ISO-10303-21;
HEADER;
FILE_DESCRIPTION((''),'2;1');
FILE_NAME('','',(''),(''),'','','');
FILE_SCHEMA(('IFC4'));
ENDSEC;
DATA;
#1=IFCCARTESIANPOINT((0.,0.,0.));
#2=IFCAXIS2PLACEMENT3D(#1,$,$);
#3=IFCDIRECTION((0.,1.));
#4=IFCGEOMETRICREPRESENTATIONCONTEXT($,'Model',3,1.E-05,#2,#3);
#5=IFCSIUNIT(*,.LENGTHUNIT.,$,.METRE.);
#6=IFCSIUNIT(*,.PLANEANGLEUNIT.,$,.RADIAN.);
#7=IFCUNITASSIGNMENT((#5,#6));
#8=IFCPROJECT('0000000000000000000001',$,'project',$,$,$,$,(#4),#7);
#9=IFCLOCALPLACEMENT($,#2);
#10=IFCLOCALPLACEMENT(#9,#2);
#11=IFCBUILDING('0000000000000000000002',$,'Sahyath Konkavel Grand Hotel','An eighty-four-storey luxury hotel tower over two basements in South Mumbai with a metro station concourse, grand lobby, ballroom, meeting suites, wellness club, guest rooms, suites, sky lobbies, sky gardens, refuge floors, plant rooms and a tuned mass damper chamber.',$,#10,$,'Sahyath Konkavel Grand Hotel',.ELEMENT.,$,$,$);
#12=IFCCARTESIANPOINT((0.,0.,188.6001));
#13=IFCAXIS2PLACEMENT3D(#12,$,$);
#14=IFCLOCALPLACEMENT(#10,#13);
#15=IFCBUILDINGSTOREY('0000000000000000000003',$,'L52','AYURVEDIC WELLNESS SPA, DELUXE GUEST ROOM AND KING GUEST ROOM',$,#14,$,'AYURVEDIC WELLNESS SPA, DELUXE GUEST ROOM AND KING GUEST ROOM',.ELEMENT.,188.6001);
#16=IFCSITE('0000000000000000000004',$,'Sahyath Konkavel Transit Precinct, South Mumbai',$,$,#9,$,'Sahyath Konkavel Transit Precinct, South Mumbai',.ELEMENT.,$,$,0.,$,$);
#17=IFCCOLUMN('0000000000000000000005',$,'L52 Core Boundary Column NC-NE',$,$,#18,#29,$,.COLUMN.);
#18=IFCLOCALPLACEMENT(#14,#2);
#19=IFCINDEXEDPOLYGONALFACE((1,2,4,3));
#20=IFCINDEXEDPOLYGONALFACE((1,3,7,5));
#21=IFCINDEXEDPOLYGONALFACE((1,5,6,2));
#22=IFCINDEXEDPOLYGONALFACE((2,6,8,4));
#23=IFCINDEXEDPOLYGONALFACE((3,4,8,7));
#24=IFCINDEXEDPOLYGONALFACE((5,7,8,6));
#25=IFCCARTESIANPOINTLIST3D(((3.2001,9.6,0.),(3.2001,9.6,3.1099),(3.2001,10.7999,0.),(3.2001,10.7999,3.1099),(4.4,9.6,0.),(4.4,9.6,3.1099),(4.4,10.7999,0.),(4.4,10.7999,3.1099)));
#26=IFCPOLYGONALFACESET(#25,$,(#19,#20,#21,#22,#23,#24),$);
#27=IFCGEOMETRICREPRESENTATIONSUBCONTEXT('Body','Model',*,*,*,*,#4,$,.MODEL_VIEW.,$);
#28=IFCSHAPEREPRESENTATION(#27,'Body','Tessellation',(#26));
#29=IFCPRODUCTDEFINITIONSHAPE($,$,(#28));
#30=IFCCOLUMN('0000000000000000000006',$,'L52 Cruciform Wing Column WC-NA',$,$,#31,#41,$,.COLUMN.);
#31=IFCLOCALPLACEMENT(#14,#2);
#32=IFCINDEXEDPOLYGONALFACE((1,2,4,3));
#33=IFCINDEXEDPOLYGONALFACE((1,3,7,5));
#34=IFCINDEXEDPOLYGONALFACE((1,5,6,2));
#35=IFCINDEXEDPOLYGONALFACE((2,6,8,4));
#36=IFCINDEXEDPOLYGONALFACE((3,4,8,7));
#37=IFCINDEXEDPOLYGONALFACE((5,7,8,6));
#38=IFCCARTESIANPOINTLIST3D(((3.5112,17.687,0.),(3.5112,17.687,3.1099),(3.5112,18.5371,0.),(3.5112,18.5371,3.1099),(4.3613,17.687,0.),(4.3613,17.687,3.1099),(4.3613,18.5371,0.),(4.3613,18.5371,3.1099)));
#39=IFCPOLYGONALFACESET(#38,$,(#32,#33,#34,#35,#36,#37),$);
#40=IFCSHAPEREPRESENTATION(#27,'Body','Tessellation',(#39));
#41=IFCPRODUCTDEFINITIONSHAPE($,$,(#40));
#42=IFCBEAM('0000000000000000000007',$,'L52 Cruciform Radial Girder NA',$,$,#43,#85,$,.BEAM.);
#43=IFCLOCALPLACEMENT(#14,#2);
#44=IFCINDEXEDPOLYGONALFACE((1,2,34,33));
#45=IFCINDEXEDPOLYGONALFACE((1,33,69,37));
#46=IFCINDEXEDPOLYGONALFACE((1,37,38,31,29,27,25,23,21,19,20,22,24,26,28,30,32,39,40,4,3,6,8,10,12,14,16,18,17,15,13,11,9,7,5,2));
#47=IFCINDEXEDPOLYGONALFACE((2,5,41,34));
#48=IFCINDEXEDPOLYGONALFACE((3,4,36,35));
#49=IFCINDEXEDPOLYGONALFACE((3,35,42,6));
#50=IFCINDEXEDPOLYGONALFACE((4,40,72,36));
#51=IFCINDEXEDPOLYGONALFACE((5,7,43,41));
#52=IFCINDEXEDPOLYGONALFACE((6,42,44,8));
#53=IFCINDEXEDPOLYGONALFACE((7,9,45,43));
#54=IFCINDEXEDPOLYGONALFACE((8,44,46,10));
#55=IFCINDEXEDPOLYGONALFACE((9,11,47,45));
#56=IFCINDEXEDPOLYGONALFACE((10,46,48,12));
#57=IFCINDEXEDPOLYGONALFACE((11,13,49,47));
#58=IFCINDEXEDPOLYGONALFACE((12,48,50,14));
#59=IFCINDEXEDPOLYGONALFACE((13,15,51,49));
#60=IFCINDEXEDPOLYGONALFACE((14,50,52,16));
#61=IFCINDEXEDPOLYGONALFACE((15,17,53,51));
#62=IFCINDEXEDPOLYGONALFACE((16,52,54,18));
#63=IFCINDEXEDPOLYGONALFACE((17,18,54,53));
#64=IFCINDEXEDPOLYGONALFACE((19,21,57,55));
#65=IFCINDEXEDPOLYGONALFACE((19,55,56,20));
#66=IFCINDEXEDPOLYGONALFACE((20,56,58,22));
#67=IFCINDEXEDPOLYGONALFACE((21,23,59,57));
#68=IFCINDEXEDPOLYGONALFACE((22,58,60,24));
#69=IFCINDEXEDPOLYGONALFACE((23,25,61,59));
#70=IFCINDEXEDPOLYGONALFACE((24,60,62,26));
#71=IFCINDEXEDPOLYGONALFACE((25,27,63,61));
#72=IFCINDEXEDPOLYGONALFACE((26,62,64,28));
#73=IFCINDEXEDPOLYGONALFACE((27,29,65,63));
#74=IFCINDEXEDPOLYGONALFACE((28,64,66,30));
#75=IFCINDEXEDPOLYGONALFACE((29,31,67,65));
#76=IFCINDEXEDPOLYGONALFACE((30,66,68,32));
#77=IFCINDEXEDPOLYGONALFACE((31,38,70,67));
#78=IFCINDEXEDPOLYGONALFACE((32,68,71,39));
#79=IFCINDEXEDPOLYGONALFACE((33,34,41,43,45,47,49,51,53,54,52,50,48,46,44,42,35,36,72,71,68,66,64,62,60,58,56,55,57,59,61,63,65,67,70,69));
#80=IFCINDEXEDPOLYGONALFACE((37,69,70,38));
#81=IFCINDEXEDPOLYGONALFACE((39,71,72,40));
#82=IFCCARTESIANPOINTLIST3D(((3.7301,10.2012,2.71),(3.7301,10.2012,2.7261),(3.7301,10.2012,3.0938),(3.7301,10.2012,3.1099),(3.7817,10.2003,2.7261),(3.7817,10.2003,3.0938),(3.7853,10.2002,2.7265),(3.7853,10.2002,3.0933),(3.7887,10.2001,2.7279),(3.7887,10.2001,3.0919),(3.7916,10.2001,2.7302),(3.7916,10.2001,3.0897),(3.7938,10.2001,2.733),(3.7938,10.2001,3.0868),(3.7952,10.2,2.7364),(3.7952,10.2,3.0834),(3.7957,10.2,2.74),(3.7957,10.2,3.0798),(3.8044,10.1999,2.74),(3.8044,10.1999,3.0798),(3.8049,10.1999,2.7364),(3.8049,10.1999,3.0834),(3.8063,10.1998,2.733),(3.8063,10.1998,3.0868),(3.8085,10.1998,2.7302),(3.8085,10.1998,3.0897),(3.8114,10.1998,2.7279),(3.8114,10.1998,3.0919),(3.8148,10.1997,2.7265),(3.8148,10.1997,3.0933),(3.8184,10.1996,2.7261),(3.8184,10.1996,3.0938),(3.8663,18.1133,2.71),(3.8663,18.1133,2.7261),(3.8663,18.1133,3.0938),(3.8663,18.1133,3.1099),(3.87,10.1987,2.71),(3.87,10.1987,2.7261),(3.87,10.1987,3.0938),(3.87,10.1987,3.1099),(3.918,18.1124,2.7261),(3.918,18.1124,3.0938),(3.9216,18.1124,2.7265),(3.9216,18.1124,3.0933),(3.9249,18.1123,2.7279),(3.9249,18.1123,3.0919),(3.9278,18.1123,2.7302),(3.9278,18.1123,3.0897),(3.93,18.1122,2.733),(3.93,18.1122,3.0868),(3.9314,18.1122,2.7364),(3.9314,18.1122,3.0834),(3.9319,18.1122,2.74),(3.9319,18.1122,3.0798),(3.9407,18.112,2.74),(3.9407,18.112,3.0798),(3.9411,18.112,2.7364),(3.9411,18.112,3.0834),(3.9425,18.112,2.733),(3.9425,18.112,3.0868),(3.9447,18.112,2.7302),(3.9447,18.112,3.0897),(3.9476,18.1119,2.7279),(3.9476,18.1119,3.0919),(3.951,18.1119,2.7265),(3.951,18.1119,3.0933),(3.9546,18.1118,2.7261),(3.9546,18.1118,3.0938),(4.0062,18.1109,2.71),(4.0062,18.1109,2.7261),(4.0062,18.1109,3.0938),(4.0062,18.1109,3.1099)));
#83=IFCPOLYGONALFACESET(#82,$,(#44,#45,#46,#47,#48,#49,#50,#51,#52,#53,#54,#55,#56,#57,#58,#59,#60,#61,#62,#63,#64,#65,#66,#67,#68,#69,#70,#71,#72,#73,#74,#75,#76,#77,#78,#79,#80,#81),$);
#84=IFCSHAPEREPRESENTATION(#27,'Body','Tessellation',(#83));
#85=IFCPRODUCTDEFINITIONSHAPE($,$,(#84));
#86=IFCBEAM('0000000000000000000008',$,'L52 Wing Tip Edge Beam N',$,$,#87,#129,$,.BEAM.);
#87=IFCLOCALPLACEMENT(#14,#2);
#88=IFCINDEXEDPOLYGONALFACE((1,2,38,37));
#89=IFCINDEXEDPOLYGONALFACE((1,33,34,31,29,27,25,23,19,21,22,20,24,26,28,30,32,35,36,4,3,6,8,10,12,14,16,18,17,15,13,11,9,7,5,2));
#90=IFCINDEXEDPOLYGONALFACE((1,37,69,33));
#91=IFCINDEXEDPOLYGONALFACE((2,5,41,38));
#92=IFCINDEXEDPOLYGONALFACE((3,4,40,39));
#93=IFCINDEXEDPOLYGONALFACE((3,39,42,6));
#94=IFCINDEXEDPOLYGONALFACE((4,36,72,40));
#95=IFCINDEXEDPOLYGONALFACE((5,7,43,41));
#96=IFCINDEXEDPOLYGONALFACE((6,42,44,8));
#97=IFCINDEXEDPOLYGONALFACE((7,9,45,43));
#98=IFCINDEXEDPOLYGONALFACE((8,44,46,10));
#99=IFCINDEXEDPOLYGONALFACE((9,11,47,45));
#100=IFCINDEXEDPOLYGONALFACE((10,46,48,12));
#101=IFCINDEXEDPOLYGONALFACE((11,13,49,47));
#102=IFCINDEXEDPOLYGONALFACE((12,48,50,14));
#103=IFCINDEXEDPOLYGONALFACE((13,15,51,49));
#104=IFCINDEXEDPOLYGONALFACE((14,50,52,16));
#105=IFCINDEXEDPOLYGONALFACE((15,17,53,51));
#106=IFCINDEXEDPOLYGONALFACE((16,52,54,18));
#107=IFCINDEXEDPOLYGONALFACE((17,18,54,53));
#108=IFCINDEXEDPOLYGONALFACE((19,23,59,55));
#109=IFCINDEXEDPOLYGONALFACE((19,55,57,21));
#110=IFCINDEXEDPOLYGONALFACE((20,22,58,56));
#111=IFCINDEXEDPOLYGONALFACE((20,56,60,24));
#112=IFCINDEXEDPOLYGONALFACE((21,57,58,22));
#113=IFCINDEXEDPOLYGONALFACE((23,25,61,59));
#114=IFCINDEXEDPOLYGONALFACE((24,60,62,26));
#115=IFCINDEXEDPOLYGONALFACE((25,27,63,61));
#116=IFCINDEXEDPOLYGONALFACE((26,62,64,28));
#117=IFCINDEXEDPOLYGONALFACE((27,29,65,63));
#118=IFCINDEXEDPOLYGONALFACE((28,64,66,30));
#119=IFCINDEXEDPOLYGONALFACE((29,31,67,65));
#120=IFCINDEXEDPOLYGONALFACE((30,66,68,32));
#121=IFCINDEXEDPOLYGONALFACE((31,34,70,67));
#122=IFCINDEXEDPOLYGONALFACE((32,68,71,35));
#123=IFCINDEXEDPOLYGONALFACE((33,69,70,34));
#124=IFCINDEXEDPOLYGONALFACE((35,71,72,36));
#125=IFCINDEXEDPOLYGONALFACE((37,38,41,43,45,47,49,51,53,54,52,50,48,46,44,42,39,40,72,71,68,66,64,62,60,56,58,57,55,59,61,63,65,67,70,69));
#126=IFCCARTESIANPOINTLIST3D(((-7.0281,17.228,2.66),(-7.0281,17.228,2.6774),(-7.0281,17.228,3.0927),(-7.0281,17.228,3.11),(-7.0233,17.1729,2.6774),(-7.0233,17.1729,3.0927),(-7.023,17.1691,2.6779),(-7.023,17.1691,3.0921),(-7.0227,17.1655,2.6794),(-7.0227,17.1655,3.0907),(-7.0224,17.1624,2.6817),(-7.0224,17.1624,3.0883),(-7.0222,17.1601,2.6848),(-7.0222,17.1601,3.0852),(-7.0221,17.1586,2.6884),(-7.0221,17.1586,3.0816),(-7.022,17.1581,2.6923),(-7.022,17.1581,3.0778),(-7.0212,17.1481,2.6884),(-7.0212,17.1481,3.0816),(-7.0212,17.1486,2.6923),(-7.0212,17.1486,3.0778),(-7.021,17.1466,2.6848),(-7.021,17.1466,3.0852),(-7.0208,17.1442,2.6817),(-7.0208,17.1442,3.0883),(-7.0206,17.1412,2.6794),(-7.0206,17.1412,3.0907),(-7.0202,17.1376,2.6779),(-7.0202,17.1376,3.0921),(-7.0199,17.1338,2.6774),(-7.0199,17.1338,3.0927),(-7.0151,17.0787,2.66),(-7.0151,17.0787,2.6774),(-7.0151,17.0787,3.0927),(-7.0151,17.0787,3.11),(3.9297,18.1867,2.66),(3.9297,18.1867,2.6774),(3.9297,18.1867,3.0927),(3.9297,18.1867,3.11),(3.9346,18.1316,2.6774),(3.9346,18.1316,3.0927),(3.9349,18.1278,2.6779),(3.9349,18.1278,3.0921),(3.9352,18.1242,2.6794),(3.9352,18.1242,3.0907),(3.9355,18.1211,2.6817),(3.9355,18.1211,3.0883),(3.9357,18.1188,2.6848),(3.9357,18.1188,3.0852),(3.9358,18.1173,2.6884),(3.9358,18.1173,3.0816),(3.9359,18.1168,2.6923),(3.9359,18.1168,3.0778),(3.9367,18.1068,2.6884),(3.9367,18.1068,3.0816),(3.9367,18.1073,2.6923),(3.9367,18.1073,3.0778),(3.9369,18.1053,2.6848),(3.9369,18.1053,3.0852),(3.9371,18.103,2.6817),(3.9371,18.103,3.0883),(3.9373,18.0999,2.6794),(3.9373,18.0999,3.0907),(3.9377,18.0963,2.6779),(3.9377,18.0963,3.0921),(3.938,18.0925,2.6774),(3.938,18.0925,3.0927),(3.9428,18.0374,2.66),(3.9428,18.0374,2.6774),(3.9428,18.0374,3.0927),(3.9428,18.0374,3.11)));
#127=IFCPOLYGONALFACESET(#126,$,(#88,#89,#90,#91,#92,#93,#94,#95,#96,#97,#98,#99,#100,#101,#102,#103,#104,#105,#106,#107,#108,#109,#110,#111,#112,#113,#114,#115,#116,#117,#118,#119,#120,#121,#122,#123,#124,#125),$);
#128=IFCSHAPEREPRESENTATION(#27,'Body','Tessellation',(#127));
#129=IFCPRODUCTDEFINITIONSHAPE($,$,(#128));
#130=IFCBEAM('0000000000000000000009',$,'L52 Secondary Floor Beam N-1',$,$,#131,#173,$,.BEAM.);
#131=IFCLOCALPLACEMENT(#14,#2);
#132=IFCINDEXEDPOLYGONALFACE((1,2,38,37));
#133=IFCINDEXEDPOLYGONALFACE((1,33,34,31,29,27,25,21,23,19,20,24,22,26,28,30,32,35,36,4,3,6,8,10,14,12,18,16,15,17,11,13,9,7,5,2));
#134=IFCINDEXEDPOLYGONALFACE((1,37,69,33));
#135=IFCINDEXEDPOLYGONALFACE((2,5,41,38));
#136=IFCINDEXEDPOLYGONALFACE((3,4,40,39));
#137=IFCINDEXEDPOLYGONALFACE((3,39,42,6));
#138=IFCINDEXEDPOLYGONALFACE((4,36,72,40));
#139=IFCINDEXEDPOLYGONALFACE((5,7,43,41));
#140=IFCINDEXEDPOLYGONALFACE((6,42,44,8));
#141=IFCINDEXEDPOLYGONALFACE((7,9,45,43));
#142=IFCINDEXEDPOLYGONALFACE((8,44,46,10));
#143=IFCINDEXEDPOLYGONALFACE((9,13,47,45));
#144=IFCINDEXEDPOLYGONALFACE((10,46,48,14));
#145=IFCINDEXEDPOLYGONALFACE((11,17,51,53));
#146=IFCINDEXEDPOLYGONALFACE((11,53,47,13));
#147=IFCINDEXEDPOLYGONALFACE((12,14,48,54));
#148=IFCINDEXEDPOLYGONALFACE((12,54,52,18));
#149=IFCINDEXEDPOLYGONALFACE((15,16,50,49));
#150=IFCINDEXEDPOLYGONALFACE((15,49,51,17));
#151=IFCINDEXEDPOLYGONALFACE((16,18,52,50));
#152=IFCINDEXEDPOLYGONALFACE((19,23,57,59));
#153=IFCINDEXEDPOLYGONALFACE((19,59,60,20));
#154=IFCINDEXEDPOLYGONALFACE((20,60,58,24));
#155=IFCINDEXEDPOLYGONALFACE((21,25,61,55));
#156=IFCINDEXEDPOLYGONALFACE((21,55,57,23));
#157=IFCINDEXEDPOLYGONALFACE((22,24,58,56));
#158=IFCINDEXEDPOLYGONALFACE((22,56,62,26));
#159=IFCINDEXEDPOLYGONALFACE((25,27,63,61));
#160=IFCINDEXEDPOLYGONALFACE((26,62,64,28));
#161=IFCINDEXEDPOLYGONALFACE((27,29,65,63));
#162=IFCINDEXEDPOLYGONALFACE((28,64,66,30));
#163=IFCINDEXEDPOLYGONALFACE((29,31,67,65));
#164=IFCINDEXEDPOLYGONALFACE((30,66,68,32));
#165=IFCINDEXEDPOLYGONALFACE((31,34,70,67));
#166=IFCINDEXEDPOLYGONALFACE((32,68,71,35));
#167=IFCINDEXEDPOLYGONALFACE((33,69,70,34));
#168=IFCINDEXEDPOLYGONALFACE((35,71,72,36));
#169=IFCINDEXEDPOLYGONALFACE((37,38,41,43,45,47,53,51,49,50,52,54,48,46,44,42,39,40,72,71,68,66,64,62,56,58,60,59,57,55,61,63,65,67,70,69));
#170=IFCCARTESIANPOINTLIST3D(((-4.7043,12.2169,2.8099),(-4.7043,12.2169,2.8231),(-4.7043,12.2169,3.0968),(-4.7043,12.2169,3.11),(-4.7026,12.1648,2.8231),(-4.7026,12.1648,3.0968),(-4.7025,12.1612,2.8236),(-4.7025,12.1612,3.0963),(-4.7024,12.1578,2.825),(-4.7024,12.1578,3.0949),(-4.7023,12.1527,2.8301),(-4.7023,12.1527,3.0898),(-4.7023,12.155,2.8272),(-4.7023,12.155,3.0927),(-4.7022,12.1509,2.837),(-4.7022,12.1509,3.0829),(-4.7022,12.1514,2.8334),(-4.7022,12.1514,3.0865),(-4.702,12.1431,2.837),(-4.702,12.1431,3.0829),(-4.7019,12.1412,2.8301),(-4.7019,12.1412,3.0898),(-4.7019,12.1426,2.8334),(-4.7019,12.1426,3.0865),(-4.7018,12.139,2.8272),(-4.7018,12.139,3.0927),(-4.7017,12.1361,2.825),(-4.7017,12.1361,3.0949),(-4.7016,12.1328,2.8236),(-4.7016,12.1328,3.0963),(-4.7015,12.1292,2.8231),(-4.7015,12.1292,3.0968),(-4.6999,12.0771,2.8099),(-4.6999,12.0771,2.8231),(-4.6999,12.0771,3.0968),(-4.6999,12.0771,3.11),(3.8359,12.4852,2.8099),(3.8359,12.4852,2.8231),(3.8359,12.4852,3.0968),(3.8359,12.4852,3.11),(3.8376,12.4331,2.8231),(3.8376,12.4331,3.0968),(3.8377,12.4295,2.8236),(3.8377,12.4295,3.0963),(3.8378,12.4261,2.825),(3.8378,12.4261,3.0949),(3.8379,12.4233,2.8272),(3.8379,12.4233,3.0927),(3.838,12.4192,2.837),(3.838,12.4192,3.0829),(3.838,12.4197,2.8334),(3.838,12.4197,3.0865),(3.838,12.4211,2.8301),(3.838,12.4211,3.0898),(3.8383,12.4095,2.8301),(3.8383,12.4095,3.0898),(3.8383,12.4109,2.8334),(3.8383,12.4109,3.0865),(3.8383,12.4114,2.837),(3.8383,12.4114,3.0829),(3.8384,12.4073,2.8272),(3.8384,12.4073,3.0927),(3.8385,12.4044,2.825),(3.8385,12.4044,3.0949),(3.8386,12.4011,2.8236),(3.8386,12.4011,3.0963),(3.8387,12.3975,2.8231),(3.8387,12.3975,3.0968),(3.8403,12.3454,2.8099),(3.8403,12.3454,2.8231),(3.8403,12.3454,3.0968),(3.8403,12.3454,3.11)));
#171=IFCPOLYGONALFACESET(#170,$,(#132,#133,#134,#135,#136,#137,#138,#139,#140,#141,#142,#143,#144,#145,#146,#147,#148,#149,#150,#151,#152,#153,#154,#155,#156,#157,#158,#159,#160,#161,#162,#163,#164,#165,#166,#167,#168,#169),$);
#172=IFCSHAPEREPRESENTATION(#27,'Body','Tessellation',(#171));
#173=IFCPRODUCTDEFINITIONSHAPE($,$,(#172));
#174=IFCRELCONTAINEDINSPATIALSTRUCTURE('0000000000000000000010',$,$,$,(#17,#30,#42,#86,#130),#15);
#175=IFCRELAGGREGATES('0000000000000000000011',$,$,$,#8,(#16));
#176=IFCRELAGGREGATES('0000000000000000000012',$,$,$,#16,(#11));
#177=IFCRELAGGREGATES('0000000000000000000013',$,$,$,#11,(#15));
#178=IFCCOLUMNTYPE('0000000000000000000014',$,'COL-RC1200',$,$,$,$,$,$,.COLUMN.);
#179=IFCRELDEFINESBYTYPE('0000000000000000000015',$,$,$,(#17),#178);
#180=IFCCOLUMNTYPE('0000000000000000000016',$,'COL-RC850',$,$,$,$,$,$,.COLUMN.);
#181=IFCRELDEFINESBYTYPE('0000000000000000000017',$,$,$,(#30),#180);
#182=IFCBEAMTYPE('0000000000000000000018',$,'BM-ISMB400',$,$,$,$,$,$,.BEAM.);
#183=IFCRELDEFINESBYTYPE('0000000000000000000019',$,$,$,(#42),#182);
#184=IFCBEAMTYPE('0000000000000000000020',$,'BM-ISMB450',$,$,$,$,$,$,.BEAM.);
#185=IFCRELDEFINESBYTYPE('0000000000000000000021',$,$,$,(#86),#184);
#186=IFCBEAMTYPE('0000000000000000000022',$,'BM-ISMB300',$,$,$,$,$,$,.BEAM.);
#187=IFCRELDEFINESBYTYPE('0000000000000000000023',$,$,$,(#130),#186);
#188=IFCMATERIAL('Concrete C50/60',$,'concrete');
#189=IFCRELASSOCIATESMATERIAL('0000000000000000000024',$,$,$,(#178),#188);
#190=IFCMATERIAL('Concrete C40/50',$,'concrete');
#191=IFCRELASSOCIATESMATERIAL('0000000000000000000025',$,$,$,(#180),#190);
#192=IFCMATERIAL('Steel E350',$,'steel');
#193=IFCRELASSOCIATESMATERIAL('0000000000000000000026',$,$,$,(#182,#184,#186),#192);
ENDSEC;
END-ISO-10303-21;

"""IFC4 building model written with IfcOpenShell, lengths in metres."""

from ifc_helpers import new_model, si_unit, direction, frame, origin, origin_2d, place, context, subcontext, project, spatial, rectangle, i_section, extrude, source, transform, mapped, material, material_profile, profile_set, type_object, element, save


model = new_model("IFC4")

# Units and contexts
model_context = context("Model", 3, precision=1e-05, world=origin(), true_north=direction((0.0, 1.0)))
body_context = subcontext(model_context, "Body", "Model", "MODEL_VIEW")
ifc_project = project(units=[si_unit("LENGTHUNIT", "METRE"), si_unit("PLANEANGLEUNIT", "RADIAN")], contexts=[model_context])

# Site, building, storey
site_placement = place(None, origin())
site = spatial("IfcSite", under=ifc_project, at=site_placement, Name="Sahyath Konkavel Transit Precinct, South Mumbai", LongName="Sahyath Konkavel Transit Precinct, South Mumbai", CompositionType="ELEMENT", RefElevation=0.0)
building_placement = place(site_placement, origin())
building = spatial("IfcBuilding", under=site, at=building_placement, Name="Sahyath Konkavel Grand Hotel", Description="An eighty-four-storey luxury hotel tower over two basements in South Mumbai with a metro station concourse, grand lobby, ballroom, meeting suites, wellness club, guest rooms, suites, sky lobbies, sky gardens, refuge floors, plant rooms and a tuned mass damper chamber.", LongName="Sahyath Konkavel Grand Hotel", CompositionType="ELEMENT")
storey_placement = place(building_placement, frame((0.0, 0.0, 188.6001)))
storey = spatial("IfcBuildingStorey", under=building, at=storey_placement, Name="L52", Description="AYURVEDIC WELLNESS SPA, DELUXE GUEST ROOM AND KING GUEST ROOM", LongName="AYURVEDIC WELLNESS SPA, DELUXE GUEST ROOM AND KING GUEST ROOM", CompositionType="ELEMENT", Elevation=188.6001)

# Columns
ifc_material_1 = material(Name="Concrete C50/60", Category="concrete")
ifc_material_profile_1 = material_profile(ifc_material_1, rectangle(XDim=1.2, YDim=1.2, at=origin_2d()), Name="RC 1200x1200")
ifc_profile_set_1 = profile_set([ifc_material_profile_1], Name="Concrete C50/60")
column_type_1 = type_object("IfcColumnType", Name="COL-RC1200", PredefinedType="COLUMN", material=ifc_profile_set_1)
shared_shape_1 = source(origin(), body_context, "Body", "SweptSolid", [
    extrude(rectangle(XDim=1.2, YDim=1.2, at=origin_2d()), origin(), (0.0, 0.0, 1.0), 3.1099),
])
column_1_placement = place(storey_placement, frame((3.8, 10.2, 0.0), z_axis=(0.0, 0.0, 1.0), x_axis=(1.0, 0.0, 0.0)))
element("IfcColumn", 1, at=column_1_placement, inside=storey, type_object=column_type_1, Name="L52 Core Boundary Column NC-NE", PredefinedType="COLUMN", context=body_context, shape_type="MappedRepresentation", body=[
    mapped(shared_shape_1, transform((0.0, 0.0, 0.0), scale=1.0)),
])
ifc_material_2 = material(Name="Concrete C40/50", Category="concrete")
ifc_material_profile_2 = material_profile(ifc_material_2, rectangle(XDim=0.8501, YDim=0.8501, at=origin_2d()), Name="RC 850x850")
ifc_profile_set_2 = profile_set([ifc_material_profile_2], Name="Concrete C40/50")
column_type_2 = type_object("IfcColumnType", Name="COL-RC850", PredefinedType="COLUMN", material=ifc_profile_set_2)
shared_shape_2 = source(origin(), body_context, "Body", "SweptSolid", [
    extrude(rectangle(XDim=0.8501, YDim=0.8501, at=origin_2d()), origin(), (0.0, 0.0, 1.0), 3.1099),
])
column_2_placement = place(storey_placement, frame((3.9363, 18.1121, 0.0), z_axis=(0.0, 0.0, 1.0), x_axis=(1.0, 0.0, 0.0)))
element("IfcColumn", 2, at=column_2_placement, inside=storey, type_object=column_type_2, Name="L52 Cruciform Wing Column WC-NA", PredefinedType="COLUMN", context=body_context, shape_type="MappedRepresentation", body=[
    mapped(shared_shape_2, transform((0.0, 0.0, 0.0), scale=1.0)),
])

# Beams
ifc_material_3 = material(Name="Steel E350", Category="steel")
ifc_material_profile_3 = material_profile(ifc_material_3, i_section(OverallWidth=0.1399, OverallDepth=0.3999, WebThickness=0.0088, FlangeThickness=0.0161, FilletRadius=0.0139, at=origin_2d()), Name="ISMB 400")
ifc_profile_set_3 = profile_set([ifc_material_profile_3], Name="Steel E350")
beam_type_1 = type_object("IfcBeamType", Name="BM-ISMB400", PredefinedType="BEAM", material=ifc_profile_set_3)
shared_shape_3 = source(origin(), body_context, "Body", "SweptSolid", [
    extrude(i_section(OverallWidth=0.1399, OverallDepth=0.3999, WebThickness=0.0088, FlangeThickness=0.0161, FilletRadius=0.0139, at=origin_2d()), origin(), (0.0, 0.0, 1.0), 7.9133),
])
beam_1_placement = place(storey_placement, frame((3.8, 10.2, 2.9099), z_axis=(0.017215, 0.999852, 0.0), x_axis=(-0.999852, 0.017215, 0.0)))
element("IfcBeam", 3, at=beam_1_placement, inside=storey, type_object=beam_type_1, Name="L52 Cruciform Radial Girder NA", PredefinedType="BEAM", context=body_context, shape_type="MappedRepresentation", body=[
    mapped(shared_shape_3, transform((0.0, 0.0, 0.0), scale=1.0)),
])
ifc_material_profile_4 = material_profile(ifc_material_3, i_section(OverallWidth=0.1499, OverallDepth=0.45, WebThickness=0.0095, FlangeThickness=0.0173, FilletRadius=0.0149, at=origin_2d()), Name="ISMB 450")
ifc_profile_set_4 = profile_set([ifc_material_profile_4], Name="Steel E350")
beam_type_2 = type_object("IfcBeamType", Name="BM-ISMB450", PredefinedType="BEAM", material=ifc_profile_set_4)
shared_shape_4 = source(origin(), body_context, "Body", "SweptSolid", [
    extrude(i_section(OverallWidth=0.1499, OverallDepth=0.45, WebThickness=0.0095, FlangeThickness=0.0173, FilletRadius=0.0149, at=origin_2d()), origin(), (0.0, 0.0, 1.0), 10.9998),
])
beam_2_placement = place(storey_placement, frame((3.9363, 18.1121, 2.885), z_axis=(-0.996194, -0.087159, 0.0), x_axis=(0.087159, -0.996194, 0.0)))
element("IfcBeam", 4, at=beam_2_placement, inside=storey, type_object=beam_type_2, Name="L52 Wing Tip Edge Beam N", PredefinedType="BEAM", context=body_context, shape_type="MappedRepresentation", body=[
    mapped(shared_shape_4, transform((0.0, 0.0, 0.0), scale=1.0)),
])
ifc_material_profile_5 = material_profile(ifc_material_3, i_section(OverallWidth=0.1399, OverallDepth=0.3, WebThickness=0.0078, FlangeThickness=0.0132, FilletRadius=0.0139, at=origin_2d()), Name="ISMB 300")
ifc_profile_set_5 = profile_set([ifc_material_profile_5], Name="Steel E350")
beam_type_3 = type_object("IfcBeamType", Name="BM-ISMB300", PredefinedType="BEAM", material=ifc_profile_set_5)
shared_shape_5 = source(origin(), body_context, "Body", "SweptSolid", [
    extrude(i_section(OverallWidth=0.1399, OverallDepth=0.3, WebThickness=0.0078, FlangeThickness=0.0132, FilletRadius=0.0139, at=origin_2d()), origin(), (0.0, 0.0, 1.0), 8.5444),
])
beam_3_placement = place(storey_placement, frame((3.8381, 12.4153, 2.96), z_axis=(-0.999507, -0.031402, 0.0), x_axis=(0.031402, -0.999507, 0.0)))
element("IfcBeam", 5, at=beam_3_placement, inside=storey, type_object=beam_type_3, Name="L52 Secondary Floor Beam N-1", PredefinedType="BEAM", context=body_context, shape_type="MappedRepresentation", body=[
    mapped(shared_shape_5, transform((0.0, 0.0, 0.0), scale=1.0)),
])

save(model, "model.ifc")
